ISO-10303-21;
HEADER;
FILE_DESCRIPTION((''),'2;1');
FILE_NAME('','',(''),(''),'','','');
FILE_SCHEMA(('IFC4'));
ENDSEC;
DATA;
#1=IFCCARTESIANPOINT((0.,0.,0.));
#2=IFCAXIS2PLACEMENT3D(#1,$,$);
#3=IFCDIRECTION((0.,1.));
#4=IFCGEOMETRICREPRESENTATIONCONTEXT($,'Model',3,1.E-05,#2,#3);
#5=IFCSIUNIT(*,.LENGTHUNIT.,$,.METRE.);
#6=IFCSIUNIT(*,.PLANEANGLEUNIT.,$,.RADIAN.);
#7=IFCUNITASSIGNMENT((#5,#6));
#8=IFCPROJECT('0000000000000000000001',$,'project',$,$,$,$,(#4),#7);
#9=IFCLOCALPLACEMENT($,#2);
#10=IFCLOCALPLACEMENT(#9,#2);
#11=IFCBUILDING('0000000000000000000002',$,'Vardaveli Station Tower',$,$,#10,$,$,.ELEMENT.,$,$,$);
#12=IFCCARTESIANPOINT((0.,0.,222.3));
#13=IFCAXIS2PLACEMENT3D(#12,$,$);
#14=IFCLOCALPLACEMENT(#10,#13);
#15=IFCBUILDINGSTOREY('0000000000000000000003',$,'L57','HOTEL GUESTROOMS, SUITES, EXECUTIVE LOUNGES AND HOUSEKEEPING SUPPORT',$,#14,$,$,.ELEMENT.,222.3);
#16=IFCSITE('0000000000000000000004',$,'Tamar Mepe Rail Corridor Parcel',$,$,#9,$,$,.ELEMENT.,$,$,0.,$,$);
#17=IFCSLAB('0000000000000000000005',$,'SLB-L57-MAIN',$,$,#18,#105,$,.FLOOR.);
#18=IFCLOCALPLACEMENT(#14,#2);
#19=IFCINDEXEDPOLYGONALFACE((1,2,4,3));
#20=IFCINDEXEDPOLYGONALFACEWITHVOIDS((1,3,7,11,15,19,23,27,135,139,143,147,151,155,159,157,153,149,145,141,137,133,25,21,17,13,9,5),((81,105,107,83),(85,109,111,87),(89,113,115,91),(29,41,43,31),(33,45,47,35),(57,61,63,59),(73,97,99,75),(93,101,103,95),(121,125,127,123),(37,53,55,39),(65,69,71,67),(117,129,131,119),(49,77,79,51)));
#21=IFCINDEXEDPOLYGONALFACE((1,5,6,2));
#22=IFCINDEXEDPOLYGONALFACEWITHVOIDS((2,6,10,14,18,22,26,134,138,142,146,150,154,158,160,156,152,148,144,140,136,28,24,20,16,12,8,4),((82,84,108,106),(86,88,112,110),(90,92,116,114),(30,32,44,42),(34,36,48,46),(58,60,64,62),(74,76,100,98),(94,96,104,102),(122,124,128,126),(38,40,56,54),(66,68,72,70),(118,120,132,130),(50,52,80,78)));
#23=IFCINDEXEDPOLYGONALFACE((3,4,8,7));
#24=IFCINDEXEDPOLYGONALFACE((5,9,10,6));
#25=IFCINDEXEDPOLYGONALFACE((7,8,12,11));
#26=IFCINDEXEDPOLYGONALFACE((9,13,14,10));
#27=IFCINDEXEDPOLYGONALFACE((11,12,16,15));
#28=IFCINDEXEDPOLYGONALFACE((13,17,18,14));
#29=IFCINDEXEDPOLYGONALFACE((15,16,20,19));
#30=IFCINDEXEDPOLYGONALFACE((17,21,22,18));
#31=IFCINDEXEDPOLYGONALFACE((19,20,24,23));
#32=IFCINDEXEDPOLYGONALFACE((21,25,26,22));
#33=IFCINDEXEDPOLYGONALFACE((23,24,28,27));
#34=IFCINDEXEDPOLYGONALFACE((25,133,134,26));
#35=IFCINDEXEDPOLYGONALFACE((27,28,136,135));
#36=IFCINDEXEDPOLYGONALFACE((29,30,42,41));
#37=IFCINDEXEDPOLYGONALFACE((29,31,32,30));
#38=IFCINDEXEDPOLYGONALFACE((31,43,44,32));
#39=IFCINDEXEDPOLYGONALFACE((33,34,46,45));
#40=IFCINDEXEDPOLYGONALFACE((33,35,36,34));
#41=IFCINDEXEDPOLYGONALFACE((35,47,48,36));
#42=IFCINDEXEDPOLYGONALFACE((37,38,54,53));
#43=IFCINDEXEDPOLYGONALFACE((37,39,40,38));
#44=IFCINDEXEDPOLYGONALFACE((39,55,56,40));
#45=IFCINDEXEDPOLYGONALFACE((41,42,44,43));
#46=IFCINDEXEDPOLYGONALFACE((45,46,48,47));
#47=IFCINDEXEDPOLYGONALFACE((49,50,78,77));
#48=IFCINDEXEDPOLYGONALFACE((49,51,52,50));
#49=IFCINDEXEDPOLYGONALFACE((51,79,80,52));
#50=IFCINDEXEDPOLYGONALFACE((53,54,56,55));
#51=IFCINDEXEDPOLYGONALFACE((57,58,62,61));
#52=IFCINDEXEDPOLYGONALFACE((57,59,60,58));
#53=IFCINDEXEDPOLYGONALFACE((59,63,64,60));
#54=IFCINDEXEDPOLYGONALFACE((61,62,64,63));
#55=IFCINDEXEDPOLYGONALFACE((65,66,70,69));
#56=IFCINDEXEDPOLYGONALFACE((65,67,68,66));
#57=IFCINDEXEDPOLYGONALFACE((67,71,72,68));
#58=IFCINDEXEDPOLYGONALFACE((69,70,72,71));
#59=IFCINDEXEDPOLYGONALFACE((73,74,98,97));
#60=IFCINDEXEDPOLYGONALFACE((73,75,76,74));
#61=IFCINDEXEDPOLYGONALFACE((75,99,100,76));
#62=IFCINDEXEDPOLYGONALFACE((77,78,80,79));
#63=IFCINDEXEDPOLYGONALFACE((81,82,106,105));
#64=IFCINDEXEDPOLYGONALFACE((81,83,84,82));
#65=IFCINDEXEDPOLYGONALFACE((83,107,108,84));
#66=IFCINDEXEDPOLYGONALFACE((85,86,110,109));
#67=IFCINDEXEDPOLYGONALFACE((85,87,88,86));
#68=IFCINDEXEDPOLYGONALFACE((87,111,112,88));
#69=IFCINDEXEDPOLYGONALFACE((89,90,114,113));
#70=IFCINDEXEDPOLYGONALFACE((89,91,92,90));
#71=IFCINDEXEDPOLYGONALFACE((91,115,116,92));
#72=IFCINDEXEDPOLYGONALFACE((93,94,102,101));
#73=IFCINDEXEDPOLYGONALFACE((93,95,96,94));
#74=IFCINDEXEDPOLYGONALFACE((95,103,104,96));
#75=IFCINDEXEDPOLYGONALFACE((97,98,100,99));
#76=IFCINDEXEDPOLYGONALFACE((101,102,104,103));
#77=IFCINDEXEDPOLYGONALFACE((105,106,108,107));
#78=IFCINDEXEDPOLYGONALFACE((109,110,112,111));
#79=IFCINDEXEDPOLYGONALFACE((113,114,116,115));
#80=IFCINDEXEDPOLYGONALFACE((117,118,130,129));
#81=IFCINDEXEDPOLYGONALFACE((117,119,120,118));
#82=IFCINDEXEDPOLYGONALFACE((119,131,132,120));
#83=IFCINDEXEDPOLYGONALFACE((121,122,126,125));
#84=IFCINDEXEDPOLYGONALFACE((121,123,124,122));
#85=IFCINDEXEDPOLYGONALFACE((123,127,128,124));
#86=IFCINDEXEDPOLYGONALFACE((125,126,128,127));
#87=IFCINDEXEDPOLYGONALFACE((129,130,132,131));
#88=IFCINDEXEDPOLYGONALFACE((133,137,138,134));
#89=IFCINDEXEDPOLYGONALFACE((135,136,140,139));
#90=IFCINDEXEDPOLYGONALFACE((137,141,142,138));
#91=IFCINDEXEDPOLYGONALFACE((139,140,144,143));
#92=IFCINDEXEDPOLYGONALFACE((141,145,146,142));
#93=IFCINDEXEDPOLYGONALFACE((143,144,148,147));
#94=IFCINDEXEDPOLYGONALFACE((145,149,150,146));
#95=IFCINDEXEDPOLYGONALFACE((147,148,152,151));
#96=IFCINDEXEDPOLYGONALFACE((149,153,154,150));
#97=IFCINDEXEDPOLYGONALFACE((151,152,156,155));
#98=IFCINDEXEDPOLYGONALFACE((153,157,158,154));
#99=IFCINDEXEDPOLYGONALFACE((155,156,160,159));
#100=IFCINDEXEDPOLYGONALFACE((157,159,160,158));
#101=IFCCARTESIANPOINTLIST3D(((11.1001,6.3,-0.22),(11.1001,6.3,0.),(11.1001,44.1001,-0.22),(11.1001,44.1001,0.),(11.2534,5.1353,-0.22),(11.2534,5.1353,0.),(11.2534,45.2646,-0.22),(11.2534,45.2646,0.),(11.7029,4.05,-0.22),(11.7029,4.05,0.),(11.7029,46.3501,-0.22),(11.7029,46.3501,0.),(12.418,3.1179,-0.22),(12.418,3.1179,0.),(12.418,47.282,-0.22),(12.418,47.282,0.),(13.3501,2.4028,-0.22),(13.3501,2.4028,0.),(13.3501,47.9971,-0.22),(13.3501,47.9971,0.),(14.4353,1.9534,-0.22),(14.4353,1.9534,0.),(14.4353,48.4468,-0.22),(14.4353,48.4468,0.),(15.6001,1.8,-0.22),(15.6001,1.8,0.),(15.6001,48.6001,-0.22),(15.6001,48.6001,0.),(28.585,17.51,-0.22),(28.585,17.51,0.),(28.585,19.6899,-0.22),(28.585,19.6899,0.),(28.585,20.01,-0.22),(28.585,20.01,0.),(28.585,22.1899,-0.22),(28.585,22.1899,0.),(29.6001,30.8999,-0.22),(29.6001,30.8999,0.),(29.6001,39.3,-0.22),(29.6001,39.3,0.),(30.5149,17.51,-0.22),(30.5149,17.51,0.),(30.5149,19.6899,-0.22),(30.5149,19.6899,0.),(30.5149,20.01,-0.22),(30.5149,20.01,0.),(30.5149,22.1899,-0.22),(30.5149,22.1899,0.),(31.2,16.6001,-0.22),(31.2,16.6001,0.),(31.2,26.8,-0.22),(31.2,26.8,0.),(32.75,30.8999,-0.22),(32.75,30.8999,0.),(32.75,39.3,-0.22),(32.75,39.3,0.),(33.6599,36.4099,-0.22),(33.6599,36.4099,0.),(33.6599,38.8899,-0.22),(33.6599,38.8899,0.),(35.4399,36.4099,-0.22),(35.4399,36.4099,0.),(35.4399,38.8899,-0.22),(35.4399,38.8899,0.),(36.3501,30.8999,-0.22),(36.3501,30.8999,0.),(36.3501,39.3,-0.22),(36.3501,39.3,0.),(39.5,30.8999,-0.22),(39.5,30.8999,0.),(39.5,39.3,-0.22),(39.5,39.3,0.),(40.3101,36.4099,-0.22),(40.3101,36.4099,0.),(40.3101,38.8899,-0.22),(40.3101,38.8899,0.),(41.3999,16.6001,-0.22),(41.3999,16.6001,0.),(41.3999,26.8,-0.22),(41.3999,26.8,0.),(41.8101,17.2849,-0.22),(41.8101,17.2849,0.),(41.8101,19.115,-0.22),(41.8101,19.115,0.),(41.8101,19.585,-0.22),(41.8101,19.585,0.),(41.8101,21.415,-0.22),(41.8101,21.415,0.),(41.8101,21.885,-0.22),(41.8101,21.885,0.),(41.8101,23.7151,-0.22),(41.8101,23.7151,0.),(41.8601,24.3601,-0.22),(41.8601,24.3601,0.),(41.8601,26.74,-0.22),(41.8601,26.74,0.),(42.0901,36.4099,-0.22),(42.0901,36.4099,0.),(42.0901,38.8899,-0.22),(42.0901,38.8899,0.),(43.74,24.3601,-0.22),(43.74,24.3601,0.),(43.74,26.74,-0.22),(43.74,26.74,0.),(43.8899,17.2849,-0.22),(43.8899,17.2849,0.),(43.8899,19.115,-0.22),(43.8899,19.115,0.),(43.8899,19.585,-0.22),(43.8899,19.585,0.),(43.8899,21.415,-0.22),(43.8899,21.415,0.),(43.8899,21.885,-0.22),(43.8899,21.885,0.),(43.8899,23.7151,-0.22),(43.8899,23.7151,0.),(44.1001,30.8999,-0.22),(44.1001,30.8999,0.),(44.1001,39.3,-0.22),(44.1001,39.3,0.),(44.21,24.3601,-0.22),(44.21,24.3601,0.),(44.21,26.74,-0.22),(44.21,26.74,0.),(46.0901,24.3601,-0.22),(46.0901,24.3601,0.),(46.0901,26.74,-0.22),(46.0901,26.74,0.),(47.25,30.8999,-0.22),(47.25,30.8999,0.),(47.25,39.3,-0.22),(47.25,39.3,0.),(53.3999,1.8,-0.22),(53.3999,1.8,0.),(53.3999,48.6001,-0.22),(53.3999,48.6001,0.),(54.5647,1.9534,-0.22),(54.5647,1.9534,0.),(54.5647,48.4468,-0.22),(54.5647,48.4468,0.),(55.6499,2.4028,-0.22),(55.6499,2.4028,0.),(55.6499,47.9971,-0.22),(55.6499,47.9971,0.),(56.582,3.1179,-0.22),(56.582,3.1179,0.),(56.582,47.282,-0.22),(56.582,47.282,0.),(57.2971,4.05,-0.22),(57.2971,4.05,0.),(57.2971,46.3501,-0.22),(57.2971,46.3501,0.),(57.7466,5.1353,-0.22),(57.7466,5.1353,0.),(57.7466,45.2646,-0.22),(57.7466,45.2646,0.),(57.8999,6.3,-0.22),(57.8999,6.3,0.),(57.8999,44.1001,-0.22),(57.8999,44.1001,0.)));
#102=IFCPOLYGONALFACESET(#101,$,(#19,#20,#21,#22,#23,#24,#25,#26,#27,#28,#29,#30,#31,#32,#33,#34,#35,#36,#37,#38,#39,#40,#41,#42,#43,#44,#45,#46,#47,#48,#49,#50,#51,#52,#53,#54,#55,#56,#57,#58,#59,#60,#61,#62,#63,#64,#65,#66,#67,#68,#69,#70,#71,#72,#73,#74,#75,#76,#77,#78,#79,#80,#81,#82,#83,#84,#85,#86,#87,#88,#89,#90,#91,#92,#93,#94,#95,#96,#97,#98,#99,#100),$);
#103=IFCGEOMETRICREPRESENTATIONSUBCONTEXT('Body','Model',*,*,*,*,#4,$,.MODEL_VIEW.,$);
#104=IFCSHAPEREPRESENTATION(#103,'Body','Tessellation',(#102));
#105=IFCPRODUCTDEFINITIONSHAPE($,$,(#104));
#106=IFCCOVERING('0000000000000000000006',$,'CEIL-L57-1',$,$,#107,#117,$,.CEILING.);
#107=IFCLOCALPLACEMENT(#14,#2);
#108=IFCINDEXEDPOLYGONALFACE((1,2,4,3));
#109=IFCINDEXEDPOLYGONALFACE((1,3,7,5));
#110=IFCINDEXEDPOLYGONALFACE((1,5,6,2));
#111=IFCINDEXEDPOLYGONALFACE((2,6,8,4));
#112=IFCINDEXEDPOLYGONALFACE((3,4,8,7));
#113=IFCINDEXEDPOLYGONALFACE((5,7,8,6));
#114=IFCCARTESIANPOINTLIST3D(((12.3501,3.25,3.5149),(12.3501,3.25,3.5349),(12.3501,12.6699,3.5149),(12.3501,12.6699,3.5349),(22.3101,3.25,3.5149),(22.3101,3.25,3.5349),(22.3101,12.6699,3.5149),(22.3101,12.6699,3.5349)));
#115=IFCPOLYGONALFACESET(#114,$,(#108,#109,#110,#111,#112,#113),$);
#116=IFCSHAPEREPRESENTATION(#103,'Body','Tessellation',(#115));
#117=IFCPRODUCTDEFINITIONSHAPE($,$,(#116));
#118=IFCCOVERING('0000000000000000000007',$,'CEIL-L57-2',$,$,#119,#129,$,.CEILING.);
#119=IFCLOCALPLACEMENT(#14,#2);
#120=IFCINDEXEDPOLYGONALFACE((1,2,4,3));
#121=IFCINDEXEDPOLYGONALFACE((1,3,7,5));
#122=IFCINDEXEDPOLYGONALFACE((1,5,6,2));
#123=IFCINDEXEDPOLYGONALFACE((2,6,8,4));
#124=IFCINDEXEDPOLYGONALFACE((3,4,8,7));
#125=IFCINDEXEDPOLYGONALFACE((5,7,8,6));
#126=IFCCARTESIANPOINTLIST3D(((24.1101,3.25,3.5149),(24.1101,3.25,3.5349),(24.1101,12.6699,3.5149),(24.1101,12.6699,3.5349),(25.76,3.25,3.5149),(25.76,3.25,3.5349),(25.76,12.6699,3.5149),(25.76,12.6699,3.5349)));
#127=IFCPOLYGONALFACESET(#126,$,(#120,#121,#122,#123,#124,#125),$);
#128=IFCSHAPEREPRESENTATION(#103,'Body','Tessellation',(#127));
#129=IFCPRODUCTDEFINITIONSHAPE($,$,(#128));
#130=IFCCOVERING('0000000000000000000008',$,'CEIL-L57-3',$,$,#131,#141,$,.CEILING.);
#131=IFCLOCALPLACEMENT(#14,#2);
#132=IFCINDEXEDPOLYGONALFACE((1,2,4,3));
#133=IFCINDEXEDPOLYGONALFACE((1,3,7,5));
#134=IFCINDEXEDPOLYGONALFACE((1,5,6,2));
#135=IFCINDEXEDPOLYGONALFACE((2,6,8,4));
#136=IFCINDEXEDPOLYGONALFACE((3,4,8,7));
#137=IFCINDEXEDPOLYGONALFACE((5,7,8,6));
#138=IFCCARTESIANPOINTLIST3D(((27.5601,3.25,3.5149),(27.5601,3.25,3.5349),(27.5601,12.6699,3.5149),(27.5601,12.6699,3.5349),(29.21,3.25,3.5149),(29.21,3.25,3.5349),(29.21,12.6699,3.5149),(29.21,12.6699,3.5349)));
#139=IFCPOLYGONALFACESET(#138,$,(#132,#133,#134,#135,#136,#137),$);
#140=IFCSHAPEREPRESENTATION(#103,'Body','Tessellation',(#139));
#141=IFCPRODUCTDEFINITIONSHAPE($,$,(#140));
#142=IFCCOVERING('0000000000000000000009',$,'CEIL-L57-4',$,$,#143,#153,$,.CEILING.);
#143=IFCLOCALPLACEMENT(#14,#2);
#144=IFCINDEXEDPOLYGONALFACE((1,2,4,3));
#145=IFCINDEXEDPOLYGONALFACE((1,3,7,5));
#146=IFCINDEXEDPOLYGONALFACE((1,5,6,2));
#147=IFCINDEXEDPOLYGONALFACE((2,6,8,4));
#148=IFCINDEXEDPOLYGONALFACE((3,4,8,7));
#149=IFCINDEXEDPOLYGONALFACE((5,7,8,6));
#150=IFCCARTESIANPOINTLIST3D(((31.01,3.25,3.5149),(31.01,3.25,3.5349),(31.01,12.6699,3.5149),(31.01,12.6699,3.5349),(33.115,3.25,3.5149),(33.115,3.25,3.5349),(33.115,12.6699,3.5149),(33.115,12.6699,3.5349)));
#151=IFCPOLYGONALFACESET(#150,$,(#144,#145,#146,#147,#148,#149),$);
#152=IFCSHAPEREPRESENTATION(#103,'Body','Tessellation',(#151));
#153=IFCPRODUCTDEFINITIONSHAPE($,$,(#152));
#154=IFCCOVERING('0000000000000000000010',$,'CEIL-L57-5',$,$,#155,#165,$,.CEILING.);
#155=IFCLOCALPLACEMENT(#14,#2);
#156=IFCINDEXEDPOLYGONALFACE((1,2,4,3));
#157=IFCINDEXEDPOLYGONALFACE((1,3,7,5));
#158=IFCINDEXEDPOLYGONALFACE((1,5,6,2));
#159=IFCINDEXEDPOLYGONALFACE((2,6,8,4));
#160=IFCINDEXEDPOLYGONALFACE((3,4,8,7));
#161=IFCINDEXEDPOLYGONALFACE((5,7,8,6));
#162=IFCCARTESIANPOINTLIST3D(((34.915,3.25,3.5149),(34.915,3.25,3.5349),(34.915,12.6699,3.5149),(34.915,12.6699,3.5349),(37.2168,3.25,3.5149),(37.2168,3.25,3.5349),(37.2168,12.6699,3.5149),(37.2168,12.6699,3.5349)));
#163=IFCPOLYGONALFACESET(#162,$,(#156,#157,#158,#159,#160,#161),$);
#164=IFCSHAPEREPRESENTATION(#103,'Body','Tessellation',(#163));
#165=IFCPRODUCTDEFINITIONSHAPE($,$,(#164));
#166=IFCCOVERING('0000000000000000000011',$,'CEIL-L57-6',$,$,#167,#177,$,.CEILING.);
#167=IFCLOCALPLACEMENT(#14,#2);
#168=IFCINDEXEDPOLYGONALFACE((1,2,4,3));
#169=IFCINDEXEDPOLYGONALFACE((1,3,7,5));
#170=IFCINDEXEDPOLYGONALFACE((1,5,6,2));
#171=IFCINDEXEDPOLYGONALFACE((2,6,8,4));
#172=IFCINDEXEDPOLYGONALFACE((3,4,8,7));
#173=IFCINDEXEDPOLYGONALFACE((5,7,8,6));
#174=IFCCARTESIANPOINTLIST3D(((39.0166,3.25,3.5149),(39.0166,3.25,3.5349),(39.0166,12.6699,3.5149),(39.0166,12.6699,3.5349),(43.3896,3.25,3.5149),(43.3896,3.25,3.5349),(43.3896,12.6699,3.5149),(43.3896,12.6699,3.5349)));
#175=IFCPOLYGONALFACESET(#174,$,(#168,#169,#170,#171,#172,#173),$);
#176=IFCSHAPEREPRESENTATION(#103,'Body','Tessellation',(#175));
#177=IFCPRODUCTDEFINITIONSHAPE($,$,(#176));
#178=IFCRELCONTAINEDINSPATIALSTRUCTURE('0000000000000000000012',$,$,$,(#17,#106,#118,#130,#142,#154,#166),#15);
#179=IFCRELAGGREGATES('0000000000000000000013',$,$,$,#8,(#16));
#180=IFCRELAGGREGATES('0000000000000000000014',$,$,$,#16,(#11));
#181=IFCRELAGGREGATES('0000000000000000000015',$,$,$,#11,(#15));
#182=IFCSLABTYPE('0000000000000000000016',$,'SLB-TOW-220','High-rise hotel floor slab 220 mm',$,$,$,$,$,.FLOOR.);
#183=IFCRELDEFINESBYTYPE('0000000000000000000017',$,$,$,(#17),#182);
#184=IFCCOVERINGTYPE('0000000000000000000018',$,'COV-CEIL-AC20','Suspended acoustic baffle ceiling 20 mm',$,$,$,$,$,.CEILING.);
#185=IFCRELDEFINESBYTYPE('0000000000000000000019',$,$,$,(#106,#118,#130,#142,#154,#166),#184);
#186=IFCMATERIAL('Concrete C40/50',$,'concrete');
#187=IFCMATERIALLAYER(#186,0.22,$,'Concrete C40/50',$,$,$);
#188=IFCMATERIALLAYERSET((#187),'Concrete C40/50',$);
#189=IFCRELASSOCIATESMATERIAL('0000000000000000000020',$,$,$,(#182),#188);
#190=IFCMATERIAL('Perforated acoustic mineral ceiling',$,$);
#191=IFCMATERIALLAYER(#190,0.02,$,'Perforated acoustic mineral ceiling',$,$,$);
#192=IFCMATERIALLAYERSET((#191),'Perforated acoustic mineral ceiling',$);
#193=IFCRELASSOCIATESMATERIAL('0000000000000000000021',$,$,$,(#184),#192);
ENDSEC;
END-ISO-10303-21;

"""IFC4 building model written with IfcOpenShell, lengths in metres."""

from ifc_helpers import new_model, si_unit, direction, frame, origin, place, context, subcontext, project, spatial, polyline, outline, extrude, material, layer, layer_set, type_object, element, save


model = new_model("IFC4")

# Units and contexts
model_context = context("Model", 3, precision=1e-05, world=origin(), true_north=direction((0.0, 1.0)))
body_context = subcontext(model_context, "Body", "Model", "MODEL_VIEW")
ifc_project = project(units=[si_unit("LENGTHUNIT", "METRE"), si_unit("PLANEANGLEUNIT", "RADIAN")], contexts=[model_context])

# Site, building, storey
site_placement = place(None, origin())
site = spatial("IfcSite", under=ifc_project, at=site_placement, Name="Tamar Mepe Rail Corridor Parcel", CompositionType="ELEMENT", RefElevation=0.0)
building_placement = place(site_placement, origin())
building = spatial("IfcBuilding", under=site, at=building_placement, Name="Vardaveli Station Tower", CompositionType="ELEMENT")
storey_placement = place(building_placement, frame((0.0, 0.0, 222.3)))
storey = spatial("IfcBuildingStorey", under=building, at=storey_placement, Name="L57", Description="HOTEL GUESTROOMS, SUITES, EXECUTIVE LOUNGES AND HOUSEKEEPING SUPPORT", CompositionType="ELEMENT", Elevation=222.3)

# Shared definitions
ifc_material_1 = material(Name="Concrete C40/50", Category="concrete")

# Slab
ifc_layer_1 = layer(ifc_material_1, 0.22, Name="Concrete C40/50")
ifc_layer_set_1 = layer_set([ifc_layer_1], Name="Concrete C40/50")
slab_type_1 = type_object("IfcSlabType", Name="SLB-TOW-220", Description="High-rise hotel floor slab 220 mm", PredefinedType="FLOOR", material=ifc_layer_set_1)
slab_1_placement = place(storey_placement, frame((0.0, 0.0, -0.22)))
element("IfcSlab", 1, at=slab_1_placement, inside=storey, type_object=slab_type_1, Name="SLB-L57-MAIN", PredefinedType="FLOOR", context=body_context, shape_type="SweptSolid", body=[
    extrude(outline(polyline([(11.1001, 6.3), (11.2534, 5.1353), (11.7029, 4.05), (12.418, 3.1179), (13.3501, 2.4028), (14.4353, 1.9534), (15.6001, 1.8), (53.3999, 1.8), (54.5647, 1.9534), (55.6499, 2.4028), (56.582, 3.1179), (57.2971, 4.05), (57.7466, 5.1353), (57.8999, 6.3), (57.8999, 44.1001), (57.7466, 45.2646), (57.2971, 46.3501), (56.582, 47.282), (55.6499, 47.9971), (54.5647, 48.4468), (53.3999, 48.6001), (15.6001, 48.6001), (14.4353, 48.4468), (13.3501, 47.9971), (12.418, 47.282), (11.7029, 46.3501), (11.2534, 45.2646), (11.1001, 44.1001), (11.1001, 6.3)]), holes=[polyline([(31.2, 16.6001), (41.3999, 16.6001), (41.3999, 26.8), (31.2, 26.8), (31.2, 16.6001)]), polyline([(32.75, 30.8999), (32.75, 39.3), (29.6001, 39.3), (29.6001, 30.8999), (32.75, 30.8999)]), polyline([(39.5, 30.8999), (39.5, 39.3), (36.3501, 39.3), (36.3501, 30.8999), (39.5, 30.8999)]), polyline([(47.25, 30.8999), (47.25, 39.3), (44.1001, 39.3), (44.1001, 30.8999), (47.25, 30.8999)]), polyline([(33.6599, 36.4099), (35.4399, 36.4099), (35.4399, 38.8899), (33.6599, 38.8899), (33.6599, 36.4099)]), polyline([(40.3101, 36.4099), (42.0901, 36.4099), (42.0901, 38.8899), (40.3101, 38.8899), (40.3101, 36.4099)]), polyline([(41.8101, 21.885), (43.8899, 21.885), (43.8899, 23.7151), (41.8101, 23.7151), (41.8101, 21.885)]), polyline([(41.8101, 19.585), (43.8899, 19.585), (43.8899, 21.415), (41.8101, 21.415), (41.8101, 19.585)]), polyline([(41.8101, 17.2849), (43.8899, 17.2849), (43.8899, 19.115), (41.8101, 19.115), (41.8101, 17.2849)]), polyline([(28.585, 17.51), (30.5149, 17.51), (30.5149, 19.6899), (28.585, 19.6899), (28.585, 17.51)]), polyline([(28.585, 20.01), (30.5149, 20.01), (30.5149, 22.1899), (28.585, 22.1899), (28.585, 20.01)]), polyline([(41.8601, 24.3601), (43.74, 24.3601), (43.74, 26.74), (41.8601, 26.74), (41.8601, 24.3601)]), polyline([(44.21, 24.3601), (46.0901, 24.3601), (46.0901, 26.74), (44.21, 26.74), (44.21, 24.3601)])]), origin(), (0.0, 0.0, 1.0), 0.22),
])

# Coverings
ifc_material_2 = material(Name="Perforated acoustic mineral ceiling")
ifc_layer_2 = layer(ifc_material_2, 0.02, Name="Perforated acoustic mineral ceiling")
ifc_layer_set_2 = layer_set([ifc_layer_2], Name="Perforated acoustic mineral ceiling")
covering_type_1 = type_object("IfcCoveringType", Name="COV-CEIL-AC20", Description="Suspended acoustic baffle ceiling 20 mm", PredefinedType="CEILING", material=ifc_layer_set_2)
covering_1_placement = place(storey_placement, frame((0.0, 0.0, 3.5149)))
element("IfcCovering", 2, at=covering_1_placement, inside=storey, type_object=covering_type_1, Name="CEIL-L57-1", PredefinedType="CEILING", context=body_context, shape_type="SweptSolid", body=[
    extrude(outline(polyline([(12.3501, 3.25), (22.3101, 3.25), (22.3101, 12.6699), (12.3501, 12.6699), (12.3501, 3.25)])), origin(), (0.0, 0.0, 1.0), 0.02),
])
covering_2_placement = place(storey_placement, frame((0.0, 0.0, 3.5149)))
element("IfcCovering", 3, at=covering_2_placement, inside=storey, type_object=covering_type_1, Name="CEIL-L57-2", PredefinedType="CEILING", context=body_context, shape_type="SweptSolid", body=[
    extrude(outline(polyline([(24.1101, 3.25), (25.76, 3.25), (25.76, 12.6699), (24.1101, 12.6699), (24.1101, 3.25)])), origin(), (0.0, 0.0, 1.0), 0.02),
])
covering_3_placement = place(storey_placement, frame((0.0, 0.0, 3.5149)))
element("IfcCovering", 4, at=covering_3_placement, inside=storey, type_object=covering_type_1, Name="CEIL-L57-3", PredefinedType="CEILING", context=body_context, shape_type="SweptSolid", body=[
    extrude(outline(polyline([(27.5601, 3.25), (29.21, 3.25), (29.21, 12.6699), (27.5601, 12.6699), (27.5601, 3.25)])), origin(), (0.0, 0.0, 1.0), 0.02),
])
covering_4_placement = place(storey_placement, frame((0.0, 0.0, 3.5149)))
element("IfcCovering", 5, at=covering_4_placement, inside=storey, type_object=covering_type_1, Name="CEIL-L57-4", PredefinedType="CEILING", context=body_context, shape_type="SweptSolid", body=[
    extrude(outline(polyline([(31.01, 3.25), (33.115, 3.25), (33.115, 12.6699), (31.01, 12.6699), (31.01, 3.25)])), origin(), (0.0, 0.0, 1.0), 0.02),
])
covering_5_placement = place(storey_placement, frame((0.0, 0.0, 3.5149)))
element("IfcCovering", 6, at=covering_5_placement, inside=storey, type_object=covering_type_1, Name="CEIL-L57-5", PredefinedType="CEILING", context=body_context, shape_type="SweptSolid", body=[
    extrude(outline(polyline([(34.915, 3.25), (37.2168, 3.25), (37.2168, 12.6699), (34.915, 12.6699), (34.915, 3.25)])), origin(), (0.0, 0.0, 1.0), 0.02),
])
covering_6_placement = place(storey_placement, frame((0.0, 0.0, 3.5149)))
element("IfcCovering", 7, at=covering_6_placement, inside=storey, type_object=covering_type_1, Name="CEIL-L57-6", PredefinedType="CEILING", context=body_context, shape_type="SweptSolid", body=[
    extrude(outline(polyline([(39.0166, 3.25), (43.3896, 3.25), (43.3896, 12.6699), (39.0166, 12.6699), (39.0166, 3.25)])), origin(), (0.0, 0.0, 1.0), 0.02),
])

save(model, "model.ifc")
